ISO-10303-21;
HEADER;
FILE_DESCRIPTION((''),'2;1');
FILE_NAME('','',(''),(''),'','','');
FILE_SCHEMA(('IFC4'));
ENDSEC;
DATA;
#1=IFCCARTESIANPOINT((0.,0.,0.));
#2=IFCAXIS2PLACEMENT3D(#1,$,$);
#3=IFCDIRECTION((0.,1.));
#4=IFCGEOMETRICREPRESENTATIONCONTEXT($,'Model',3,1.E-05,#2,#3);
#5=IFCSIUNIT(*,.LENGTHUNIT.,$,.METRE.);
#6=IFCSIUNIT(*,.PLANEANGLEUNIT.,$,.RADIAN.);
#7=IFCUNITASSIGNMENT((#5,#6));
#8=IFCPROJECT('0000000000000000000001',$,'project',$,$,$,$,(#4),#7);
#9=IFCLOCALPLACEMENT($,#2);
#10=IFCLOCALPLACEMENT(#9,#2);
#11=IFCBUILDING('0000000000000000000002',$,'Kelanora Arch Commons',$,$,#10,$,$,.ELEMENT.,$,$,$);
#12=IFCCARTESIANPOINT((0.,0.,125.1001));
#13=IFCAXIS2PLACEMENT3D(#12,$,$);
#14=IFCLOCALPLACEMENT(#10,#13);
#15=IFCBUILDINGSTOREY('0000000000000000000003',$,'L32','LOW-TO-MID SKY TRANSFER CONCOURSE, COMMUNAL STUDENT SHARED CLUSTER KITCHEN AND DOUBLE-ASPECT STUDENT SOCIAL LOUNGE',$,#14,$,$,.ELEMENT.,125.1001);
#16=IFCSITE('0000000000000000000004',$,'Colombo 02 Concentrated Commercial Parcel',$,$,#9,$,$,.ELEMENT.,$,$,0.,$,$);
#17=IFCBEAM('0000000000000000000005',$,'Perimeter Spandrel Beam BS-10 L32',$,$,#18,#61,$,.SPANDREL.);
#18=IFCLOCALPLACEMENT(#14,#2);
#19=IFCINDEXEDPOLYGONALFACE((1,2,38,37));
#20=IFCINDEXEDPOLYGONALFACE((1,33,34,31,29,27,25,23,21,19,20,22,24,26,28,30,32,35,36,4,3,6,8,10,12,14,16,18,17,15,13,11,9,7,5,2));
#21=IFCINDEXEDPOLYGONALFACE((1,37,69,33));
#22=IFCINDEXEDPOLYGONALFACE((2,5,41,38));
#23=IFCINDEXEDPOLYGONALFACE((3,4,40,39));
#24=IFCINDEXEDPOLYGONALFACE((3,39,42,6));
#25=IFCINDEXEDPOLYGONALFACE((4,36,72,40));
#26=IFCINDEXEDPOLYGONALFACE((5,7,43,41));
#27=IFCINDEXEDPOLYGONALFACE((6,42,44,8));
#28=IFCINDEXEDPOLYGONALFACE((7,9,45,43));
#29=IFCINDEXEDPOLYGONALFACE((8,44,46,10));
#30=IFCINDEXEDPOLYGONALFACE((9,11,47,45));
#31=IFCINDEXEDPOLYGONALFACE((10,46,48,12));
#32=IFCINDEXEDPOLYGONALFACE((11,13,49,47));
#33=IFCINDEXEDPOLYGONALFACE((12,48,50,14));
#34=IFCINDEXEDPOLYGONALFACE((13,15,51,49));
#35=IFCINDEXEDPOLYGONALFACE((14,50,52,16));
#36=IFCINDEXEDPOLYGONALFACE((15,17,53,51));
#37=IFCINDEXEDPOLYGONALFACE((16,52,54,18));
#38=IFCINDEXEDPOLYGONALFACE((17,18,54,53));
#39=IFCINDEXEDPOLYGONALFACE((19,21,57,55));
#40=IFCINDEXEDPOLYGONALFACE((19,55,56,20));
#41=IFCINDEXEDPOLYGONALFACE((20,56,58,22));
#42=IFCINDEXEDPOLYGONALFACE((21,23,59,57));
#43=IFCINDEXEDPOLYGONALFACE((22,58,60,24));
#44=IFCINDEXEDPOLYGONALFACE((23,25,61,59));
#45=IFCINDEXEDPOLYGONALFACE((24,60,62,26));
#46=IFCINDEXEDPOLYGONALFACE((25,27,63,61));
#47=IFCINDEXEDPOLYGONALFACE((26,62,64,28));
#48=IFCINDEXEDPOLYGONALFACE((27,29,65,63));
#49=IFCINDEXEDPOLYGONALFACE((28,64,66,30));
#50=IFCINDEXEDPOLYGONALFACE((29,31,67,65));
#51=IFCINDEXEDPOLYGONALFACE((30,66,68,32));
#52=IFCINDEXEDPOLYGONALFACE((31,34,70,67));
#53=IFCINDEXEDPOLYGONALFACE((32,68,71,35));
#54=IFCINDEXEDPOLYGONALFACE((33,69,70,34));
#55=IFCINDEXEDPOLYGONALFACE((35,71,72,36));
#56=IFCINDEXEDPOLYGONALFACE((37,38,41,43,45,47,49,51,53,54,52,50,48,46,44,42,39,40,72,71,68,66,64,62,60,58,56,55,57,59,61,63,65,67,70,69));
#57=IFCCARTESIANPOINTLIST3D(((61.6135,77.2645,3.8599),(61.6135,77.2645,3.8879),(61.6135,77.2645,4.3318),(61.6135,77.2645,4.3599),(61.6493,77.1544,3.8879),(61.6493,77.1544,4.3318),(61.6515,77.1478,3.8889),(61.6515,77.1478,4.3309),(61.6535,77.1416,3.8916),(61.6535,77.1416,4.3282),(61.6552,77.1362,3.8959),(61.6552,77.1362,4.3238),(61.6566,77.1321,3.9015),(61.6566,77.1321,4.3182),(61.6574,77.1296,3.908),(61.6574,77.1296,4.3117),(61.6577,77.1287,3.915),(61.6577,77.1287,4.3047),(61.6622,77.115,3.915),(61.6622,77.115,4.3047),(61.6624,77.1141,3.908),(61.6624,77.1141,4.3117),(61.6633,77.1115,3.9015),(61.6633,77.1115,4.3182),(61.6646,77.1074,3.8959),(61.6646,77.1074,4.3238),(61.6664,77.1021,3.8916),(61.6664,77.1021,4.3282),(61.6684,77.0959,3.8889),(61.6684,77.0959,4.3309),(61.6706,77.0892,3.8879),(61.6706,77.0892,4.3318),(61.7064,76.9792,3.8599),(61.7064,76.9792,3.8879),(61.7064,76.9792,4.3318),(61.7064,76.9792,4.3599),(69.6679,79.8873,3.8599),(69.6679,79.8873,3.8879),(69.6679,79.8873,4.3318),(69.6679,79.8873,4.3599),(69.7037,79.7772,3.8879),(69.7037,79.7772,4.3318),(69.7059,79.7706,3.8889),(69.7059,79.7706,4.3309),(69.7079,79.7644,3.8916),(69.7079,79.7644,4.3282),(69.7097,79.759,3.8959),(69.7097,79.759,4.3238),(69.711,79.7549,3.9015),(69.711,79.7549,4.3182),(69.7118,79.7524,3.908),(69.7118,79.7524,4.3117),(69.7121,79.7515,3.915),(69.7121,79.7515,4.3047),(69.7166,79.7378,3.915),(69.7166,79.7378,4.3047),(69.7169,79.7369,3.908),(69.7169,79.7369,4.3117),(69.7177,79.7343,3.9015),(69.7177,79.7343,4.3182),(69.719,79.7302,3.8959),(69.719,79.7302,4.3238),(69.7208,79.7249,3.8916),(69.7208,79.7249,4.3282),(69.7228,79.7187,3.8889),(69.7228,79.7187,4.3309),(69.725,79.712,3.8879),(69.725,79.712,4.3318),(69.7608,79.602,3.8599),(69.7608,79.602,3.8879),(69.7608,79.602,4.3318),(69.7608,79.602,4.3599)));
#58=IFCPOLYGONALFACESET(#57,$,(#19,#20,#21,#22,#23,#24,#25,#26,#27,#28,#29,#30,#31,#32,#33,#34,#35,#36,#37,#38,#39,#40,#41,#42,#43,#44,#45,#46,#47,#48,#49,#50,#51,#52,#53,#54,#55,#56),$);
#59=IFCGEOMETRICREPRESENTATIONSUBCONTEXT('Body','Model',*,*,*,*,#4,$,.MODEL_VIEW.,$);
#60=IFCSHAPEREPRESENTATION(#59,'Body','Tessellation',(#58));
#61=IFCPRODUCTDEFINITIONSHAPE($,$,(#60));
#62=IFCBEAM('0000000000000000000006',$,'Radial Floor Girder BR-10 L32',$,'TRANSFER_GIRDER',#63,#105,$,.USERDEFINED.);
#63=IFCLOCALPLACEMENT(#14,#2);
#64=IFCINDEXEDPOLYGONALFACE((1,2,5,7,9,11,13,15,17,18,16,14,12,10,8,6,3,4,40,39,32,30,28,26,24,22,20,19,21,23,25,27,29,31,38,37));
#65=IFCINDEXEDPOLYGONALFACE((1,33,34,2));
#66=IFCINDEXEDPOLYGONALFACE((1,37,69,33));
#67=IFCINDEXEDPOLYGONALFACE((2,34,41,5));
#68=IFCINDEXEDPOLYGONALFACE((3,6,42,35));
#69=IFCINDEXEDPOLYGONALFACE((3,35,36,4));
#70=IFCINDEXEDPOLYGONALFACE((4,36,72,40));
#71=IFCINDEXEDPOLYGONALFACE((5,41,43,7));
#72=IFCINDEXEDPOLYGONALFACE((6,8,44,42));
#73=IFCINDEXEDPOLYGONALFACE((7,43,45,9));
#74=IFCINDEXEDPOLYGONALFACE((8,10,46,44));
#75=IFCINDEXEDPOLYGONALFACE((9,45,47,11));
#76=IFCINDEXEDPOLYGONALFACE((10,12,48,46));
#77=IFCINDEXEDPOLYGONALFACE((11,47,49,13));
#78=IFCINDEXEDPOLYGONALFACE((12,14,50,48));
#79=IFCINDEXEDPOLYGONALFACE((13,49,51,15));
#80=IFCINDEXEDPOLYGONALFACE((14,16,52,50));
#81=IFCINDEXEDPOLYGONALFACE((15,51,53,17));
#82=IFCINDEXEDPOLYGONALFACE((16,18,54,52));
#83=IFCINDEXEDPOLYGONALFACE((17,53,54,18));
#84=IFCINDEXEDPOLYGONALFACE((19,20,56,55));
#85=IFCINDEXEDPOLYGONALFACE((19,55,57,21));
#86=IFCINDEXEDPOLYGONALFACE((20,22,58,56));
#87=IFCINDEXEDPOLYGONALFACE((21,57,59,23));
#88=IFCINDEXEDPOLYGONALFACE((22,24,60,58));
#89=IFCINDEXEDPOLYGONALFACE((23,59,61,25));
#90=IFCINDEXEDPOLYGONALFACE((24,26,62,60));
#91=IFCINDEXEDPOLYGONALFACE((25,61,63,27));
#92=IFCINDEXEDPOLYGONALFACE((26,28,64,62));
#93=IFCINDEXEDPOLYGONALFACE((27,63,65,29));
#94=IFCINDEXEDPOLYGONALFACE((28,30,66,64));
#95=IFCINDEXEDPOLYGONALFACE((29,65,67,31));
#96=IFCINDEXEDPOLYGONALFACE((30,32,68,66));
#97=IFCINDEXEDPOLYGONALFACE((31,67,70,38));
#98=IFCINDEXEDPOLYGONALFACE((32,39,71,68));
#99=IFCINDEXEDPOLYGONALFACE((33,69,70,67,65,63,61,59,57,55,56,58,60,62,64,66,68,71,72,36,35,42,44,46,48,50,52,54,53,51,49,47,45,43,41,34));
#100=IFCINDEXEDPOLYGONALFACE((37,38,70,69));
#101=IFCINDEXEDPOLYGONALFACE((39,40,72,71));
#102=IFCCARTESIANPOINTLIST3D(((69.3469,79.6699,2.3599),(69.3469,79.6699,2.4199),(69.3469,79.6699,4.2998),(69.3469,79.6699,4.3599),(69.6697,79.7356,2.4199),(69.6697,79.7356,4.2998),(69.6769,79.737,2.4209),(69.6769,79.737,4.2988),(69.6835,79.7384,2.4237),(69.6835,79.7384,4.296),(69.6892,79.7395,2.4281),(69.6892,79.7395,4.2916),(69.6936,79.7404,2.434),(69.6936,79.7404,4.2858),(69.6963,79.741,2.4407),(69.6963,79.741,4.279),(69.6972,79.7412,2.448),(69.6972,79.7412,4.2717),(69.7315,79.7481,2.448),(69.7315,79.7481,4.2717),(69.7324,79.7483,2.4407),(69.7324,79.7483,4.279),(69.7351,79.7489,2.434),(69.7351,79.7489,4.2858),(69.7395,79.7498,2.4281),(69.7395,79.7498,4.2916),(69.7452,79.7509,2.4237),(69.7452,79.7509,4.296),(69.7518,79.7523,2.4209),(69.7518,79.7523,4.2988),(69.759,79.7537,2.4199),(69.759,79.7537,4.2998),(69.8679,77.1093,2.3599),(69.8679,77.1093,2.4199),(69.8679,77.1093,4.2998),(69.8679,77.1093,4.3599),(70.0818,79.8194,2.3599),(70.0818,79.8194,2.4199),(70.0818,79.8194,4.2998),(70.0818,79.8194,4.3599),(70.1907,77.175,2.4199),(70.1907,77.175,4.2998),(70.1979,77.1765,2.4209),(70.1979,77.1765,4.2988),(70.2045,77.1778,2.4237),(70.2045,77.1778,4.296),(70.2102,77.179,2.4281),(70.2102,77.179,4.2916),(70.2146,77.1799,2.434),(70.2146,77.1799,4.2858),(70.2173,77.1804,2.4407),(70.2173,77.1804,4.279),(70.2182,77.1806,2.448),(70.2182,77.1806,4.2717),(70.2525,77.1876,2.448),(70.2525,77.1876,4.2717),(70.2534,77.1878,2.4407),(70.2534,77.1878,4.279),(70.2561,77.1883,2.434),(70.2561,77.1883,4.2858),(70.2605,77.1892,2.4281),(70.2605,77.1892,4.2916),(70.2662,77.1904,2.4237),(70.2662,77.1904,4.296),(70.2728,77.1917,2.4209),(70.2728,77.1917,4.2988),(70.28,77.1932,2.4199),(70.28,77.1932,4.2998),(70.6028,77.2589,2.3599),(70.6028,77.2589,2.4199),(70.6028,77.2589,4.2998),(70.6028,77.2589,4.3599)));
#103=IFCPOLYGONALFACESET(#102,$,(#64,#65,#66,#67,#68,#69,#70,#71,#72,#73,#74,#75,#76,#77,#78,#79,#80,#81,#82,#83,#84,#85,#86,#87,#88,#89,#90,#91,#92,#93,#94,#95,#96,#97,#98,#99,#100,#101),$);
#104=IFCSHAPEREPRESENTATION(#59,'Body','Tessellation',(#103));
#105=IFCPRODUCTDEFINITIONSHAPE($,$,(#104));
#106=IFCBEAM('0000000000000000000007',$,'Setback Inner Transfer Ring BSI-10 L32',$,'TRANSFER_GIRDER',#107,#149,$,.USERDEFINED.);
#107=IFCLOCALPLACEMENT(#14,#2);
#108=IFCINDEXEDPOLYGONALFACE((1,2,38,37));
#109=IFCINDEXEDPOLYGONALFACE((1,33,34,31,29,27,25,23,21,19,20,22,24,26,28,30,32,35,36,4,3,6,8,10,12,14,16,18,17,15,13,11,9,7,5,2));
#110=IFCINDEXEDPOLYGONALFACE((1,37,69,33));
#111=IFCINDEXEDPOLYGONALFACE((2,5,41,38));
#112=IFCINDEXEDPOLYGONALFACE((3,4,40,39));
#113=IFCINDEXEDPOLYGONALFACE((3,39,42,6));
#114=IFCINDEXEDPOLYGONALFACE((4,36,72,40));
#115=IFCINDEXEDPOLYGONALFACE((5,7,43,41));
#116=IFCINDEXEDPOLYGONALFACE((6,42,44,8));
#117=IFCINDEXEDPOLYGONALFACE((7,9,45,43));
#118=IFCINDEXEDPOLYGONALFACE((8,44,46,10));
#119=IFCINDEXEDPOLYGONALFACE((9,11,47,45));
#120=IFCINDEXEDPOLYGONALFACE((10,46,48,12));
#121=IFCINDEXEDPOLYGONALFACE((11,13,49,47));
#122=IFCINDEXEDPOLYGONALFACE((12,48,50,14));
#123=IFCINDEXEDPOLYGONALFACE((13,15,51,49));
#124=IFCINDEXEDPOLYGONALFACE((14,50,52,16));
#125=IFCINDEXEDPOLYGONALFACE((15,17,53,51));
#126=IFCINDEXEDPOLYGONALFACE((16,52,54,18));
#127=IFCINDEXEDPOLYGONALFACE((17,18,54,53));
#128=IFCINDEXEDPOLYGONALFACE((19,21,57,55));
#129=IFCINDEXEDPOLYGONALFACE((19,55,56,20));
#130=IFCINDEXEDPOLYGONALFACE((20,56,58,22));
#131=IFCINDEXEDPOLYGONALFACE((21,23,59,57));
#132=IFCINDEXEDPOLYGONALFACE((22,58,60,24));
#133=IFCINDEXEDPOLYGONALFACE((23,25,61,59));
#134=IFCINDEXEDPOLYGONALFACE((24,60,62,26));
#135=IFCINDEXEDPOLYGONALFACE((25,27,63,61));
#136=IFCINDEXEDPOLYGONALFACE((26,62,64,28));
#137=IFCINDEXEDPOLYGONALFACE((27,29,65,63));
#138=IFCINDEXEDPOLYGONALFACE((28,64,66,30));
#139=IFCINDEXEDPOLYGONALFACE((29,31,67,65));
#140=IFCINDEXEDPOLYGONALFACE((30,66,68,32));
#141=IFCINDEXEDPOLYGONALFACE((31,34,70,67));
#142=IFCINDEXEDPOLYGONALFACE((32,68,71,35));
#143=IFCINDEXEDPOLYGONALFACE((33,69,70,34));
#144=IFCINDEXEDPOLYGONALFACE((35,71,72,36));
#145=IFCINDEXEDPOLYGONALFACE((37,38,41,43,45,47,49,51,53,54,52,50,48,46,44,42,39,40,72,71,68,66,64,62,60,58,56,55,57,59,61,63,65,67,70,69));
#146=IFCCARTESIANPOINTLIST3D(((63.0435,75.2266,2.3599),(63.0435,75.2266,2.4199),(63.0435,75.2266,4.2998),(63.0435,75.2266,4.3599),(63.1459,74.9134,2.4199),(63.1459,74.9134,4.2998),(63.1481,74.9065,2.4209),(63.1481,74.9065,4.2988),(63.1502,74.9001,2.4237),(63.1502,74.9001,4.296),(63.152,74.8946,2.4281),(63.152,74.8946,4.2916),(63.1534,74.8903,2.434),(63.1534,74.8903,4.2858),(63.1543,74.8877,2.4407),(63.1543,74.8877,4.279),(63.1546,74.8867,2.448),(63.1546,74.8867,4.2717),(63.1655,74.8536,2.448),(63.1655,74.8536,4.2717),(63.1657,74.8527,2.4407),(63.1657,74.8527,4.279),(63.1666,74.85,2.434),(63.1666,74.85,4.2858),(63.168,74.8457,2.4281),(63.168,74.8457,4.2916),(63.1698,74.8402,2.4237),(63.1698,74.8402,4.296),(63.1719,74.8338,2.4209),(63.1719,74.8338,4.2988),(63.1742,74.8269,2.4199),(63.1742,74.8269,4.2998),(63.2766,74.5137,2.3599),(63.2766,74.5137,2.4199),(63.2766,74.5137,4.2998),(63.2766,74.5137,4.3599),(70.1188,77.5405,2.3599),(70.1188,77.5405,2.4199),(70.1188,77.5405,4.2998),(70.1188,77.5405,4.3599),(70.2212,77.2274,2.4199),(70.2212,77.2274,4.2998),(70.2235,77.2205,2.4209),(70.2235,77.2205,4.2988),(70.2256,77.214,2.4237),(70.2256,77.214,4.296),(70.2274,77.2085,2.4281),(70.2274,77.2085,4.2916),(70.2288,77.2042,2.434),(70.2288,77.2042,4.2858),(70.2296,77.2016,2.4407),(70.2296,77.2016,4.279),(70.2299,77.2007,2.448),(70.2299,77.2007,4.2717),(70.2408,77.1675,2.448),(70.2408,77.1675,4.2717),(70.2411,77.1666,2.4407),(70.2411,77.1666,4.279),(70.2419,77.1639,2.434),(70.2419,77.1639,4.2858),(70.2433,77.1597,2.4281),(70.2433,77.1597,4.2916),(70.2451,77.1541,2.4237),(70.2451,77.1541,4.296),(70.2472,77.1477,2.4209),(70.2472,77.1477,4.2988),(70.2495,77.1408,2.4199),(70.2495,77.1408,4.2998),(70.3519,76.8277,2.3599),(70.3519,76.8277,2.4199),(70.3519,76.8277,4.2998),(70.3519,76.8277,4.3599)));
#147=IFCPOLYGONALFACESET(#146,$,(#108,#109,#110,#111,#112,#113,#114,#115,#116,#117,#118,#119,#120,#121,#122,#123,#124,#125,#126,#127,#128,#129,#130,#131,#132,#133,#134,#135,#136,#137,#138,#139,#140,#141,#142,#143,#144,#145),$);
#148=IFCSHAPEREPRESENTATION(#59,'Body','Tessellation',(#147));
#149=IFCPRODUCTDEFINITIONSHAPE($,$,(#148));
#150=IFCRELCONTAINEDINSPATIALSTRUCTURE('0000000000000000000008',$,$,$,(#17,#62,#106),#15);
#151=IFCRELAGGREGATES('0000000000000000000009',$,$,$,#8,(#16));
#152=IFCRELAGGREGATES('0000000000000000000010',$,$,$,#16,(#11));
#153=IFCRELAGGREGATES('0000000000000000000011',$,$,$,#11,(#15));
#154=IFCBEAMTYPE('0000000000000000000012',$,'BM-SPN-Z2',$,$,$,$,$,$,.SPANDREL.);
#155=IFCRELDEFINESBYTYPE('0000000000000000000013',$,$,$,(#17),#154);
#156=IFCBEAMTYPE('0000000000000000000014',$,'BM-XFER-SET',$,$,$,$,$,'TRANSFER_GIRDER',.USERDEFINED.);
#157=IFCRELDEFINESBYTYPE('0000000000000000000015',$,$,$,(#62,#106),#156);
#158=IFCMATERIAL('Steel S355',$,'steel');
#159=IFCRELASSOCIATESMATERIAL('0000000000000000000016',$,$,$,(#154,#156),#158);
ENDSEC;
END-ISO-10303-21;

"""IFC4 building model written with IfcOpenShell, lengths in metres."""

from ifc_helpers import new_model, si_unit, direction, frame, origin, origin_2d, place, context, subcontext, project, spatial, i_section, extrude, material, material_profile, profile_set, type_object, element, save


model = new_model("IFC4")

# Units and contexts
model_context = context("Model", 3, precision=1e-05, world=origin(), true_north=direction((0.0, 1.0)))
body_context = subcontext(model_context, "Body", "Model", "MODEL_VIEW")
ifc_project = project(units=[si_unit("LENGTHUNIT", "METRE"), si_unit("PLANEANGLEUNIT", "RADIAN")], contexts=[model_context])

# Site, building, storey
site_placement = place(None, origin())
site = spatial("IfcSite", under=ifc_project, at=site_placement, Name="Colombo 02 Concentrated Commercial Parcel", CompositionType="ELEMENT", RefElevation=0.0)
building_placement = place(site_placement, origin())
building = spatial("IfcBuilding", under=site, at=building_placement, Name="Kelanora Arch Commons", CompositionType="ELEMENT")
storey_placement = place(building_placement, frame((0.0, 0.0, 125.1001)))
storey = spatial("IfcBuildingStorey", under=building, at=storey_placement, Name="L32", Description="LOW-TO-MID SKY TRANSFER CONCOURSE, COMMUNAL STUDENT SHARED CLUSTER KITCHEN AND DOUBLE-ASPECT STUDENT SOCIAL LOUNGE", CompositionType="ELEMENT", Elevation=125.1001)

# Beams
ifc_material_1 = material(Name="Steel S355", Category="steel")
ifc_material_profile_1 = material_profile(ifc_material_1, i_section(OverallWidth=0.3, OverallDepth=0.5, WebThickness=0.0144, FlangeThickness=0.0281, FilletRadius=0.0271, at=origin_2d()), Name="HEB500")
ifc_profile_set_1 = profile_set([ifc_material_profile_1], Name="Steel S355")
beam_type_1 = type_object("IfcBeamType", Name="BM-SPN-Z2", PredefinedType="SPANDREL", material=ifc_profile_set_1)
beam_1_placement = place(storey_placement, frame((69.7144, 79.7446, 4.1099), z_axis=(-0.950857, -0.309631, 0.0), x_axis=(0.309631, -0.950857, 0.0)))
element("IfcBeam", 1, at=beam_1_placement, inside=storey, type_object=beam_type_1, Name="Perimeter Spandrel Beam BS-10 L32", PredefinedType="SPANDREL", context=body_context, shape_type="SweptSolid", body=[
    extrude(i_section(OverallWidth=0.3, OverallDepth=0.5, WebThickness=0.0144, FlangeThickness=0.0281, FilletRadius=0.0271, at=origin_2d()), origin(), (0.0, 0.0, 1.0), 8.4707),
])
ifc_material_profile_2 = material_profile(ifc_material_1, i_section(OverallWidth=0.75, OverallDepth=2.0, WebThickness=0.0349, FlangeThickness=0.0601, FilletRadius=0.0281, at=origin_2d()), Name="PG2000x750")
ifc_profile_set_2 = profile_set([ifc_material_profile_2], Name="Steel S355")
beam_type_2 = type_object("IfcBeamType", Name="BM-XFER-SET", ElementType="TRANSFER_GIRDER", PredefinedType="USERDEFINED", material=ifc_profile_set_2)
beam_2_placement = place(storey_placement, frame((70.2354, 77.1841, 3.3599), z_axis=(-0.199385, 0.979921, 0.0), x_axis=(-0.979921, -0.199385, 0.0)))
element("IfcBeam", 2, at=beam_2_placement, inside=storey, type_object=beam_type_2, Name="Radial Floor Girder BR-10 L32", ObjectType="TRANSFER_GIRDER", PredefinedType="USERDEFINED", context=body_context, shape_type="SweptSolid", body=[
    extrude(i_section(OverallWidth=0.75, OverallDepth=2.0, WebThickness=0.0349, FlangeThickness=0.0601, FilletRadius=0.0281, at=origin_2d()), origin(), (0.0, 0.0, 1.0), 2.613),
])
beam_3_placement = place(storey_placement, frame((70.2354, 77.1841, 3.3599), z_axis=(-0.950462, -0.310841, 0.0), x_axis=(0.310841, -0.950462, 0.0)))
element("IfcBeam", 3, at=beam_3_placement, inside=storey, type_object=beam_type_2, Name="Setback Inner Transfer Ring BSI-10 L32", ObjectType="TRANSFER_GIRDER", PredefinedType="USERDEFINED", context=body_context, shape_type="SweptSolid", body=[
    extrude(i_section(OverallWidth=0.75, OverallDepth=2.0, WebThickness=0.0349, FlangeThickness=0.0601, FilletRadius=0.0281, at=origin_2d()), origin(), (0.0, 0.0, 1.0), 7.4441),
])

save(model, "model.ifc")
